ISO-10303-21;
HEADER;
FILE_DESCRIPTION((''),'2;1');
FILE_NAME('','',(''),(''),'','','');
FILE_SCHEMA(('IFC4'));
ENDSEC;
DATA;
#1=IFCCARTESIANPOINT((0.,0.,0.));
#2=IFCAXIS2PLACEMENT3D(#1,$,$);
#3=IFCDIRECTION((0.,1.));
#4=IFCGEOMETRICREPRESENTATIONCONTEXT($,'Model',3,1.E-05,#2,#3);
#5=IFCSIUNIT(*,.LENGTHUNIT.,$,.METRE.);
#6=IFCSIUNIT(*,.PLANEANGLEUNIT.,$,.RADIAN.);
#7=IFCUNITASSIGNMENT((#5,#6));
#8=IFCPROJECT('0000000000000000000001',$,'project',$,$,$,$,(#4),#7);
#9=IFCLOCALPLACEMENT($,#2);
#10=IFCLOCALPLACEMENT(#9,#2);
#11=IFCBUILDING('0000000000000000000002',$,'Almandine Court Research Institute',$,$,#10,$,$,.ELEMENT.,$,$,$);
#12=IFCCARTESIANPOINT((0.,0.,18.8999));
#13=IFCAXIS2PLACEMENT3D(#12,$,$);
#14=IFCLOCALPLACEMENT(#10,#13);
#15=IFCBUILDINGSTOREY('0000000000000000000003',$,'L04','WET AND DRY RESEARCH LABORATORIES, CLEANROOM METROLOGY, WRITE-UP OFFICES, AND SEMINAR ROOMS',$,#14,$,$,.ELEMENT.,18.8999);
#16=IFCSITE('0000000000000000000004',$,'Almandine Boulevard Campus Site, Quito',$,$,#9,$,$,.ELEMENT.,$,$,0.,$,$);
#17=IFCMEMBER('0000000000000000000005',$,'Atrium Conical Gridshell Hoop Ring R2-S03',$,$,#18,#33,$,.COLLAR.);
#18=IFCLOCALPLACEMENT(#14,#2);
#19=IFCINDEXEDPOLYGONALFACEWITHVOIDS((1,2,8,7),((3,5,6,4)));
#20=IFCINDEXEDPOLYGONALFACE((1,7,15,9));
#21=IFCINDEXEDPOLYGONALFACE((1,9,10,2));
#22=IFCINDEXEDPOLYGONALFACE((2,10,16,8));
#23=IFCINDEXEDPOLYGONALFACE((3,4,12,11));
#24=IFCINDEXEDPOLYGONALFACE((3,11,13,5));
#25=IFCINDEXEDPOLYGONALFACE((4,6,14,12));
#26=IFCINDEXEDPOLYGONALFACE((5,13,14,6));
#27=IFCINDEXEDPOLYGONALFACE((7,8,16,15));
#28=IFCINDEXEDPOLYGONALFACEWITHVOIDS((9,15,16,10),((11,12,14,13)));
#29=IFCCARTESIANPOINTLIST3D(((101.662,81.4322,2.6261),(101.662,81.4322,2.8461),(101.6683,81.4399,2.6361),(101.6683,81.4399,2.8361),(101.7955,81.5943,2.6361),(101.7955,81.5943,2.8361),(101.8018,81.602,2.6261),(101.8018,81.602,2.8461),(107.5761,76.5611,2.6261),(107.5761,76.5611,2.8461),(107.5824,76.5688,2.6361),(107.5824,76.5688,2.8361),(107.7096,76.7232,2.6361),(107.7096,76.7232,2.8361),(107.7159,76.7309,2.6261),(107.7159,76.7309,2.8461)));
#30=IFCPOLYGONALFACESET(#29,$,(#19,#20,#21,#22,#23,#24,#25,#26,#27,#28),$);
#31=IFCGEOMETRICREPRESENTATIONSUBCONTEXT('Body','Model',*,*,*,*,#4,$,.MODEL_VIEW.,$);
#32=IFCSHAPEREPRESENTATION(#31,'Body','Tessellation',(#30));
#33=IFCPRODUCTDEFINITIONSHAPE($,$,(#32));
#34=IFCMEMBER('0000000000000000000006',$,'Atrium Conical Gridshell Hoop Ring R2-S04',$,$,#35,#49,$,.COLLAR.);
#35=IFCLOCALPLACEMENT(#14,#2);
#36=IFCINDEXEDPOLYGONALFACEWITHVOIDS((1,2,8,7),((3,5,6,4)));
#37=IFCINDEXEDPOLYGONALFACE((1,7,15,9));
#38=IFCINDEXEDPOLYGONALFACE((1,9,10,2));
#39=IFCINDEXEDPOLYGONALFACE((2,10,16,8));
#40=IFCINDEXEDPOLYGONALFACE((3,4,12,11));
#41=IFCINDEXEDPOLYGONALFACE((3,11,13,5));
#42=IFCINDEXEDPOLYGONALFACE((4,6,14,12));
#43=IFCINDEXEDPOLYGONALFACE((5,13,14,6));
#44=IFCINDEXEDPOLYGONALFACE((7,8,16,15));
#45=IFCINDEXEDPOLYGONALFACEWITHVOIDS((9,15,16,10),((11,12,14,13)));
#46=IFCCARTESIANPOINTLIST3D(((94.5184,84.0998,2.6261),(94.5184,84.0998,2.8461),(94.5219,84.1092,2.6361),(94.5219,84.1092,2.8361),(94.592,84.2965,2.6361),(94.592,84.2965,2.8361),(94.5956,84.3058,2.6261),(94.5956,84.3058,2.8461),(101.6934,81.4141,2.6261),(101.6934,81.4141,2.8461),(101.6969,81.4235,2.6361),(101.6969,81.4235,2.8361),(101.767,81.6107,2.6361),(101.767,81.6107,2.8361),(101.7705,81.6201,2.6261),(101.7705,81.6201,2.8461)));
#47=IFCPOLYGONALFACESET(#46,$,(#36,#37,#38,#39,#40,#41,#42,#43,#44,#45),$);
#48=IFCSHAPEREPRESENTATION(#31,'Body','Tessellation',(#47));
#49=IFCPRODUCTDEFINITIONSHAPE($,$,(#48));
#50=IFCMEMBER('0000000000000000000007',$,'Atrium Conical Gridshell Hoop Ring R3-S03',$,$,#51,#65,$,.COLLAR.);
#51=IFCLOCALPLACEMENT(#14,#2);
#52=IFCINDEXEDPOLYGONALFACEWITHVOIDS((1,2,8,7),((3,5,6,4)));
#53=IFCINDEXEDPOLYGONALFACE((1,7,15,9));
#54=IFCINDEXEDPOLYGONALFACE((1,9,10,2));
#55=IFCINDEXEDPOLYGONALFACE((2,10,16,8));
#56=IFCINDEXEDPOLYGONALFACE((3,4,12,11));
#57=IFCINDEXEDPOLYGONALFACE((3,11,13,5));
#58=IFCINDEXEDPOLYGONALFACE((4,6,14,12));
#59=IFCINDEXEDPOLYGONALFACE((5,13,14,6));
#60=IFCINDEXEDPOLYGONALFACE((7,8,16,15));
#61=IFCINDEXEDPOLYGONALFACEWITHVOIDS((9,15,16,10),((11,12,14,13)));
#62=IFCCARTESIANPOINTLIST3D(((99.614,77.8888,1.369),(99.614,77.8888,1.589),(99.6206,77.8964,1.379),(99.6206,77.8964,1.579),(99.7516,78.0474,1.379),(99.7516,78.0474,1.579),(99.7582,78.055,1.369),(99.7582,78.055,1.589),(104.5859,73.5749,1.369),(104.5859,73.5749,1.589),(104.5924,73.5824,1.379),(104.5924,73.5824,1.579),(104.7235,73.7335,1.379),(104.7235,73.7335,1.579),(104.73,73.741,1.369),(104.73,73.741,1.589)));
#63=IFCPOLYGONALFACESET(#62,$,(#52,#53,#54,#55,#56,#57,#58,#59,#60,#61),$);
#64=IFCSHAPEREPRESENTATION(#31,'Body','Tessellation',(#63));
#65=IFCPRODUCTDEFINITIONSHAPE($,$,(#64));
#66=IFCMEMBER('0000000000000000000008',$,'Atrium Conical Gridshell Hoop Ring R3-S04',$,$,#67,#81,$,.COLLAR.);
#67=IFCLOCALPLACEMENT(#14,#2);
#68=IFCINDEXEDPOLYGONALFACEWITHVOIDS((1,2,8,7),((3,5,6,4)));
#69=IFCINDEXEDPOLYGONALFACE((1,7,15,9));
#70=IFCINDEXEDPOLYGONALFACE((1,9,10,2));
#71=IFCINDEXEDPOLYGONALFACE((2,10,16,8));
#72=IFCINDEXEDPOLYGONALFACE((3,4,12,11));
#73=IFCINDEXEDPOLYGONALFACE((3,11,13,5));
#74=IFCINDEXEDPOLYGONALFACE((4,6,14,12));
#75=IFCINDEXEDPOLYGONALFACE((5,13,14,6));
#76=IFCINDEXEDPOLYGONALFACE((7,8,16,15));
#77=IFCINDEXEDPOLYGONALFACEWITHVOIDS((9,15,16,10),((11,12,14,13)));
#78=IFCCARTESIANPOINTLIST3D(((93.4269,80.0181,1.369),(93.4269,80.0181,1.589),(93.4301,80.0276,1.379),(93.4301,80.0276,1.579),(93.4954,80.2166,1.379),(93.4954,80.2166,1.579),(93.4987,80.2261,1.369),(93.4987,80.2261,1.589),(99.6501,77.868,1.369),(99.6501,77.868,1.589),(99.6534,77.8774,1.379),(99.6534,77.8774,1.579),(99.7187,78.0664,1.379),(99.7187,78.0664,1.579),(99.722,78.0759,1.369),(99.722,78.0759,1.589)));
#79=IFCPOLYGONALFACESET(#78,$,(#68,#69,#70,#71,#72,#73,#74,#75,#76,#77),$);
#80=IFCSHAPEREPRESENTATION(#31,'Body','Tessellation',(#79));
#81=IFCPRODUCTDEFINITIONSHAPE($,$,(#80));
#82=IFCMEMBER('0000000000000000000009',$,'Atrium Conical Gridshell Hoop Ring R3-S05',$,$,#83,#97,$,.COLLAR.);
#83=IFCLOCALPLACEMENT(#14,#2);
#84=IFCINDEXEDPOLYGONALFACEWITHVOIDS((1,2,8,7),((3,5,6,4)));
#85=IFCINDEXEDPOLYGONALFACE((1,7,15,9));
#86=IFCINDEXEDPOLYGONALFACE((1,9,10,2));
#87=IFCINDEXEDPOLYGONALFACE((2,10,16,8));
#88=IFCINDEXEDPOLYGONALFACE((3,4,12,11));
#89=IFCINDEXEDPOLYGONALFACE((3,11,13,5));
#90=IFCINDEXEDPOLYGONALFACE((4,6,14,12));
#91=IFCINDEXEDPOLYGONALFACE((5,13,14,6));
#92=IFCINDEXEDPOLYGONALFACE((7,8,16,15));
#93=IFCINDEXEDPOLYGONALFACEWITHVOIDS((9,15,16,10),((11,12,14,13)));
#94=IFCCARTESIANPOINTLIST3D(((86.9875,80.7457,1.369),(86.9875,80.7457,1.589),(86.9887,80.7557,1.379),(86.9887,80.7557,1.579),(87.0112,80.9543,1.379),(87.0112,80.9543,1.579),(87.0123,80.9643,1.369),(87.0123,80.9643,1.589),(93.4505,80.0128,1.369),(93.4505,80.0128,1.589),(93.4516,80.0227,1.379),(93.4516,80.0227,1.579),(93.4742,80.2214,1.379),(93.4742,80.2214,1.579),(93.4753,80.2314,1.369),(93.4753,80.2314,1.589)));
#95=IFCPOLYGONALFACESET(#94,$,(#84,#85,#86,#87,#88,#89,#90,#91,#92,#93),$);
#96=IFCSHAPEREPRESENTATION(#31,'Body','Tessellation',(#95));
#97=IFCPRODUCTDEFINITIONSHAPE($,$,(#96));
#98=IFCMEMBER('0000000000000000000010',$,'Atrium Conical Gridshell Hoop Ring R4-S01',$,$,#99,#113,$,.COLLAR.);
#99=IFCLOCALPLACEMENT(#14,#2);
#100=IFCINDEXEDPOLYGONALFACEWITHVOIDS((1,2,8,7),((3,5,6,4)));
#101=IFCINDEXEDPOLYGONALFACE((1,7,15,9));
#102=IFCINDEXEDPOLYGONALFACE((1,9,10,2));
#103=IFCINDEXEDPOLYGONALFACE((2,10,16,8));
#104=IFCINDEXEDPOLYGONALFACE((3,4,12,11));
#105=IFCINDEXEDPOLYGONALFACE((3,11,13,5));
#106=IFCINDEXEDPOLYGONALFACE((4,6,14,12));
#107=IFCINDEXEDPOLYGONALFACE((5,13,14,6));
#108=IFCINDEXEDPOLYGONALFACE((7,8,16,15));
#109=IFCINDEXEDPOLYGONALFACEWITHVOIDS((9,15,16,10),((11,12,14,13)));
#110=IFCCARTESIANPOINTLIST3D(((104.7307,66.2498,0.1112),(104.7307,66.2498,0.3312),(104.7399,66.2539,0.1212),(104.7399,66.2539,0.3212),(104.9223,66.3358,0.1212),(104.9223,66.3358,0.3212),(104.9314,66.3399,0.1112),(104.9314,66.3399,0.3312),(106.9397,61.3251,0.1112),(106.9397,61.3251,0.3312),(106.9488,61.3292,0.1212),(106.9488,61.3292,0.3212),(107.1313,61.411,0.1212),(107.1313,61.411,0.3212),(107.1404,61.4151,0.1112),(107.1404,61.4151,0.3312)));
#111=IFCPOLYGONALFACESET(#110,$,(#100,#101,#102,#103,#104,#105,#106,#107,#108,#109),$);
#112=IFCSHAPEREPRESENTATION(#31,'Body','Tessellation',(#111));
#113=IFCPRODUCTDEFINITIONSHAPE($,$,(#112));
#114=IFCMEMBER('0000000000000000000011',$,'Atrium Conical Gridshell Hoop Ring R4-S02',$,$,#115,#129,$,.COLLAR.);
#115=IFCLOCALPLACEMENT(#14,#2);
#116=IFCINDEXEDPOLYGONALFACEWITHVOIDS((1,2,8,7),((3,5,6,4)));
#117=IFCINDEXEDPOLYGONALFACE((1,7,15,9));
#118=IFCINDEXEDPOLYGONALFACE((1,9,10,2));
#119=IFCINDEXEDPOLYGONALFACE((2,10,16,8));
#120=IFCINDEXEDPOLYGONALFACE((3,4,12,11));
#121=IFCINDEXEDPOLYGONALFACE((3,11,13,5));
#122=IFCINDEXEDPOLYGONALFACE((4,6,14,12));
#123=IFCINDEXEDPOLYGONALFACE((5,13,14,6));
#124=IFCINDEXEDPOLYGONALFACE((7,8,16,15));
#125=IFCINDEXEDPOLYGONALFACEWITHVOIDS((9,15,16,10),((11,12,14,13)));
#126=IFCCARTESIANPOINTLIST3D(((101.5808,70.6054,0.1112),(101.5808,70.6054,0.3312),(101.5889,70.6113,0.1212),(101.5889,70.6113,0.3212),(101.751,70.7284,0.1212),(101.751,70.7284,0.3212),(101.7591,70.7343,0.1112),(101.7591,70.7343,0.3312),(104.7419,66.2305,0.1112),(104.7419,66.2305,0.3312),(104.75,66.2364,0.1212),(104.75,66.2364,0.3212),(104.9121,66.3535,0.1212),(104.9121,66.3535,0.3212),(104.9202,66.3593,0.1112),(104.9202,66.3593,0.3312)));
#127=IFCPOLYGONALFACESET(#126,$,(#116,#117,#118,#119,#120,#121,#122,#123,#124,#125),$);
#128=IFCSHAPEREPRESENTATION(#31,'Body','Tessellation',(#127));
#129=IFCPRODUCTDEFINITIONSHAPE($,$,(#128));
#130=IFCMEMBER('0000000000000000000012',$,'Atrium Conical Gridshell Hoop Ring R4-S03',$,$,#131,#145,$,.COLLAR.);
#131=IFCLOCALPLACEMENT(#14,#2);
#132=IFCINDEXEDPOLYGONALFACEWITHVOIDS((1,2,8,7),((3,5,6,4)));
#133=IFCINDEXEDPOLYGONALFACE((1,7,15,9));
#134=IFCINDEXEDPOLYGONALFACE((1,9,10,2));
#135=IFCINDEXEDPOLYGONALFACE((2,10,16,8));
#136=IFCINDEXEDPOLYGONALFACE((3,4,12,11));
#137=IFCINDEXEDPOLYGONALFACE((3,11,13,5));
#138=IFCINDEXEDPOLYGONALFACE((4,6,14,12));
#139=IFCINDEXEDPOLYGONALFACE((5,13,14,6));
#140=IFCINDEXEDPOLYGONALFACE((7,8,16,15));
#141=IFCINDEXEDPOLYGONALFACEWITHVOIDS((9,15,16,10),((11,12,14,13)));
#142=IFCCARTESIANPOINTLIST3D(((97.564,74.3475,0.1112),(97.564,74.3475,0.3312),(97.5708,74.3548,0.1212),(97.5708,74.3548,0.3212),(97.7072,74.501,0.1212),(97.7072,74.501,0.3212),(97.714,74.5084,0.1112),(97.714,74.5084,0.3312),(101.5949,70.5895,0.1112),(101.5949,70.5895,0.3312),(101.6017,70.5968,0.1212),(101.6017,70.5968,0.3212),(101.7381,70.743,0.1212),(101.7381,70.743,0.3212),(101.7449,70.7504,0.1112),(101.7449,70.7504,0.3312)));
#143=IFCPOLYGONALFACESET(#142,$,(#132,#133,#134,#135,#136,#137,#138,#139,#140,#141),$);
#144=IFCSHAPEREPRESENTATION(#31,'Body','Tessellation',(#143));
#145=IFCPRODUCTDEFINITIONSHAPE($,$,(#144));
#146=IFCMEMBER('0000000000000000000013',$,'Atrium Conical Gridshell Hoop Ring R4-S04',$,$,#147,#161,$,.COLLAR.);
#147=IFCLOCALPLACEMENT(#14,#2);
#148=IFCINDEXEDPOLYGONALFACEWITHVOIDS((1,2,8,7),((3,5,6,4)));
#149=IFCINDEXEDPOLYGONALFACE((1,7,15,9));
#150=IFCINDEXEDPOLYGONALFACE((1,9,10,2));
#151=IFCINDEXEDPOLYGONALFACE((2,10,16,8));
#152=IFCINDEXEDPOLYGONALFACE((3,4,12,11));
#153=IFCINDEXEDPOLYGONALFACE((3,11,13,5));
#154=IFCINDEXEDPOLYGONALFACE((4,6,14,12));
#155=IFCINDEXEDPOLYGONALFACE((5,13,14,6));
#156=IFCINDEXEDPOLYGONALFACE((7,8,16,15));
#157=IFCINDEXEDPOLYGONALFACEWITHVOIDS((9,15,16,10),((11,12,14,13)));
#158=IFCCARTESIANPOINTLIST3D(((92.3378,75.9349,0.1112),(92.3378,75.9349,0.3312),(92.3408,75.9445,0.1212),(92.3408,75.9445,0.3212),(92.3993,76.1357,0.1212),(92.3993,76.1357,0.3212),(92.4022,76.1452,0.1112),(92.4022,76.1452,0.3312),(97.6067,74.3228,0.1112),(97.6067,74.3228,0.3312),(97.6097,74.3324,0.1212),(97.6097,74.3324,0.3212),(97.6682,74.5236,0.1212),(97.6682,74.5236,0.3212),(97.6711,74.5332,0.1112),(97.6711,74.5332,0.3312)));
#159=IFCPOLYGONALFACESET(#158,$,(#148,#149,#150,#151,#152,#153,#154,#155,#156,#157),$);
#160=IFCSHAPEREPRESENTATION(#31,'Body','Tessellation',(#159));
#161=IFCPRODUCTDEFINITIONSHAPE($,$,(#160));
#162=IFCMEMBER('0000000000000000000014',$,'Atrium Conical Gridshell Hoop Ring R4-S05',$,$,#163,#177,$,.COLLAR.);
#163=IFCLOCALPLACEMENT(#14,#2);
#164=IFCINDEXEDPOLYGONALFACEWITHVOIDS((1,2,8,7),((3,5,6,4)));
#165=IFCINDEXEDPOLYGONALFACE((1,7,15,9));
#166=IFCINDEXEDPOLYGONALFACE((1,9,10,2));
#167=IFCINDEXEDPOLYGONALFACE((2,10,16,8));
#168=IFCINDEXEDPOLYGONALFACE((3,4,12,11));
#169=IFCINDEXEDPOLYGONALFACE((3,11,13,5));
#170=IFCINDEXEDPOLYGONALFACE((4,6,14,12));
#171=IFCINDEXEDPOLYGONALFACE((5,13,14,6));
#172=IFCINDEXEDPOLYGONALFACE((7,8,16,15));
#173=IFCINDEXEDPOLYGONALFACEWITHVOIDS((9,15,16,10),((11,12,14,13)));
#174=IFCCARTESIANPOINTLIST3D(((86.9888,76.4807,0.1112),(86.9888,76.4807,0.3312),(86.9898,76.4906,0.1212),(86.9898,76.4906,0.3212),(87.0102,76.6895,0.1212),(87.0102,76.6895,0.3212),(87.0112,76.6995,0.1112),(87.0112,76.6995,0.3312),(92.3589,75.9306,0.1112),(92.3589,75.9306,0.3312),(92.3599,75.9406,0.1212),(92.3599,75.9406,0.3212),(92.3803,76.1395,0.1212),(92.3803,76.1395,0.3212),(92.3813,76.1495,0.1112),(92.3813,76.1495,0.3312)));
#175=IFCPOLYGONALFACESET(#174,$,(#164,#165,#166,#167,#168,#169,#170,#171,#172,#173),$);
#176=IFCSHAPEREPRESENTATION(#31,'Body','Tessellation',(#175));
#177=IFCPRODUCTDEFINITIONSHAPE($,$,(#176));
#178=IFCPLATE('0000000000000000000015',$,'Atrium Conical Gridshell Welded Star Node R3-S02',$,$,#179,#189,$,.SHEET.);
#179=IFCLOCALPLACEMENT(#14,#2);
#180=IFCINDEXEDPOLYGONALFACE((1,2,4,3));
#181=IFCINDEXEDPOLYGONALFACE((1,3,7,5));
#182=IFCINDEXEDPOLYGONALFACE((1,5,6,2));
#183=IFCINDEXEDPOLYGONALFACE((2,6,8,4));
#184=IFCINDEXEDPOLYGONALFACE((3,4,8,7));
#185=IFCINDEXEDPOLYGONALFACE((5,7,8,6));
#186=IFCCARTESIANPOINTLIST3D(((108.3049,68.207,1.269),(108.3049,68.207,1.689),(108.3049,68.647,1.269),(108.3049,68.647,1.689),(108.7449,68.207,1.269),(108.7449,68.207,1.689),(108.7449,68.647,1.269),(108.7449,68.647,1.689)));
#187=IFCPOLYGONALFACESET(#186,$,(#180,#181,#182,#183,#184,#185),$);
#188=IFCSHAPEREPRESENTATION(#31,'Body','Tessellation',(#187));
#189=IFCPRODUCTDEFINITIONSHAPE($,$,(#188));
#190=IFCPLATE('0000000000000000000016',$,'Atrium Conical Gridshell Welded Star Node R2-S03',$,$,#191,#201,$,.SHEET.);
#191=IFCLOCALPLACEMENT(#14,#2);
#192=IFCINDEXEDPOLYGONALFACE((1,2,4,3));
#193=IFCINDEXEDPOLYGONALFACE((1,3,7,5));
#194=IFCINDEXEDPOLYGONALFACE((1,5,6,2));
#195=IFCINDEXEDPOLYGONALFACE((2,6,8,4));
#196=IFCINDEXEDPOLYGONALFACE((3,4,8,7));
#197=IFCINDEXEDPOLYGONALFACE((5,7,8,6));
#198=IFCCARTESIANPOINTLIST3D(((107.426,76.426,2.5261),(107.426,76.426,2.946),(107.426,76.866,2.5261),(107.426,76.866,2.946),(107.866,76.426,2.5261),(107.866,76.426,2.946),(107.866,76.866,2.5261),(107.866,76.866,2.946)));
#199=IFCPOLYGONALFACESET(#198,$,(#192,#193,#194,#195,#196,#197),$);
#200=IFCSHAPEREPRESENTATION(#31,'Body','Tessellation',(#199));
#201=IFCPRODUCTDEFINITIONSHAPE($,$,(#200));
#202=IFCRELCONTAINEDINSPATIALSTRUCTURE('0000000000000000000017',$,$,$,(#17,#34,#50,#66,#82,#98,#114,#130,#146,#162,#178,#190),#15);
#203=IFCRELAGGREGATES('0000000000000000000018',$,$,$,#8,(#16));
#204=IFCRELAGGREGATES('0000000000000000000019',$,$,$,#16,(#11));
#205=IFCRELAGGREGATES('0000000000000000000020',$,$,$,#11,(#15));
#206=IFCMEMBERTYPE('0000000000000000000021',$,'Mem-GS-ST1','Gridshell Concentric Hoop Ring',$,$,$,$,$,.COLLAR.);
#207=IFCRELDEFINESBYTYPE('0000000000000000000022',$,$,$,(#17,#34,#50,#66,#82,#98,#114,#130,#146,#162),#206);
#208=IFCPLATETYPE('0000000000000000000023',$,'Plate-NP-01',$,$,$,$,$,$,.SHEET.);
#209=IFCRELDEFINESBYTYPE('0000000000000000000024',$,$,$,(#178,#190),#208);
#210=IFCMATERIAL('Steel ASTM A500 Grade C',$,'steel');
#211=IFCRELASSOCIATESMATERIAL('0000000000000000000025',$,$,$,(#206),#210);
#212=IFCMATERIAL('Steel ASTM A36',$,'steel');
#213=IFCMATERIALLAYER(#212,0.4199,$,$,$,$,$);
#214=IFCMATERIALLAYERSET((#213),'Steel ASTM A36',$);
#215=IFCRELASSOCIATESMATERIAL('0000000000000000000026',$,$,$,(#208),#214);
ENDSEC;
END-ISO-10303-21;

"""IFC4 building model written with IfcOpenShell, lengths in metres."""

from ifc_helpers import new_model, si_unit, direction, frame, origin, origin_2d, place, context, subcontext, project, spatial, rectangle, hollow_rectangle, extrude, material, layer, layer_set, material_profile, profile_set, type_object, element, save


model = new_model("IFC4")

# Units and contexts
model_context = context("Model", 3, precision=1e-05, world=origin(), true_north=direction((0.0, 1.0)))
body_context = subcontext(model_context, "Body", "Model", "MODEL_VIEW")
ifc_project = project(units=[si_unit("LENGTHUNIT", "METRE"), si_unit("PLANEANGLEUNIT", "RADIAN")], contexts=[model_context])

# Site, building, storey
site_placement = place(None, origin())
site = spatial("IfcSite", under=ifc_project, at=site_placement, Name="Almandine Boulevard Campus Site, Quito", CompositionType="ELEMENT", RefElevation=0.0)
building_placement = place(site_placement, origin())
building = spatial("IfcBuilding", under=site, at=building_placement, Name="Almandine Court Research Institute", CompositionType="ELEMENT")
storey_placement = place(building_placement, frame((0.0, 0.0, 18.8999)))
storey = spatial("IfcBuildingStorey", under=building, at=storey_placement, Name="L04", Description="WET AND DRY RESEARCH LABORATORIES, CLEANROOM METROLOGY, WRITE-UP OFFICES, AND SEMINAR ROOMS", CompositionType="ELEMENT", Elevation=18.8999)

# Members
ifc_material_1 = material(Name="Steel ASTM A500 Grade C", Category="steel")
ifc_material_profile_1 = material_profile(ifc_material_1, hollow_rectangle(XDim=0.22, YDim=0.22, WallThickness=0.01, at=origin_2d()), Name="HSS 220x220x10")
ifc_profile_set_1 = profile_set([ifc_material_profile_1], Name="Steel ASTM A500 Grade C")
member_type_1 = type_object("IfcMemberType", Name="Mem-GS-ST1", Description="Gridshell Concentric Hoop Ring", PredefinedType="COLLAR", material=ifc_profile_set_1)
member_1_placement = place(storey_placement, frame((107.646, 76.646, 2.7361), z_axis=(-0.771886, 0.635761, 0.0), x_axis=(-0.635761, -0.771886, 0.0)))
element("IfcMember", 1, at=member_1_placement, inside=storey, type_object=member_type_1, Name="Atrium Conical Gridshell Hoop Ring R2-S03", PredefinedType="COLLAR", context=body_context, shape_type="SweptSolid", body=[
    extrude(hollow_rectangle(XDim=0.22, YDim=0.22, WallThickness=0.01, at=origin_2d()), origin(), (0.0, 0.0, 1.0), 7.6619),
])
member_2_placement = place(storey_placement, frame((101.7319, 81.5171, 2.7361), z_axis=(-0.936537, 0.350568, 0.0), x_axis=(-0.350568, -0.936537, 0.0)))
element("IfcMember", 2, at=member_2_placement, inside=storey, type_object=member_type_1, Name="Atrium Conical Gridshell Hoop Ring R2-S04", PredefinedType="COLLAR", context=body_context, shape_type="SweptSolid", body=[
    extrude(hollow_rectangle(XDim=0.22, YDim=0.22, WallThickness=0.01, at=origin_2d()), origin(), (0.0, 0.0, 1.0), 7.6611),
])
member_3_placement = place(storey_placement, frame((104.658, 73.658, 1.479), z_axis=(-0.755316, 0.655361, 0.0), x_axis=(-0.655361, -0.755316, 0.0)))
element("IfcMember", 3, at=member_3_placement, inside=storey, type_object=member_type_1, Name="Atrium Conical Gridshell Hoop Ring R3-S03", PredefinedType="COLLAR", context=body_context, shape_type="SweptSolid", body=[
    extrude(hollow_rectangle(XDim=0.22, YDim=0.22, WallThickness=0.01, at=origin_2d()), origin(), (0.0, 0.0, 1.0), 6.5825),
])
member_4_placement = place(storey_placement, frame((99.686, 77.9719, 1.479), z_axis=(-0.945175, 0.326565, 0.0), x_axis=(-0.326565, -0.945175, 0.0)))
element("IfcMember", 4, at=member_4_placement, inside=storey, type_object=member_type_1, Name="Atrium Conical Gridshell Hoop Ring R3-S04", PredefinedType="COLLAR", context=body_context, shape_type="SweptSolid", body=[
    extrude(hollow_rectangle(XDim=0.22, YDim=0.22, WallThickness=0.01, at=origin_2d()), origin(), (0.0, 0.0, 1.0), 6.5842),
])
member_5_placement = place(storey_placement, frame((93.4629, 80.1221, 1.479), z_axis=(-0.993631, 0.112681, 0.0), x_axis=(-0.112681, -0.993631, 0.0)))
element("IfcMember", 5, at=member_5_placement, inside=storey, type_object=member_type_1, Name="Atrium Conical Gridshell Hoop Ring R3-S05", PredefinedType="COLLAR", context=body_context, shape_type="SweptSolid", body=[
    extrude(hollow_rectangle(XDim=0.22, YDim=0.22, WallThickness=0.01, at=origin_2d()), origin(), (0.0, 0.0, 1.0), 6.5044),
])
for number, where, z_axis, x_axis, name in (
    (6, (107.04, 61.3701, 0.2212), (-0.409258, 0.912418, 0.0), (-0.912418, -0.409258, 0.0), "Atrium Conical Gridshell Hoop Ring R4-S01"),
    (7, (104.8311, 66.2949, 0.2212), (-0.585662, 0.810555, 0.0), (-0.810555, -0.585662, 0.0), "Atrium Conical Gridshell Hoop Ring R4-S02"),
):
    element("IfcMember", number, at=place(storey_placement, frame(where, z_axis=z_axis, x_axis=x_axis)), inside=storey, type_object=member_type_1, Name=name, PredefinedType="COLLAR", context=body_context, shape_type="SweptSolid", body=[
        extrude(hollow_rectangle(XDim=0.22, YDim=0.22, WallThickness=0.01, at=origin_2d()), origin(), (0.0, 0.0, 1.0), 5.3975),
    ])
member_6_placement = place(storey_placement, frame((101.6699, 70.6699, 0.2212), z_axis=(-0.731437, 0.681909, 0.0), x_axis=(-0.681909, -0.731437, 0.0)))
element("IfcMember", 8, at=member_6_placement, inside=storey, type_object=member_type_1, Name="Atrium Conical Gridshell Hoop Ring R4-S03", PredefinedType="COLLAR", context=body_context, shape_type="SweptSolid", body=[
    extrude(hollow_rectangle(XDim=0.22, YDim=0.22, WallThickness=0.01, at=origin_2d()), origin(), (0.0, 0.0, 1.0), 5.511),
])
member_7_placement = place(storey_placement, frame((97.6389, 74.428, 0.2212), z_axis=(-0.956242, 0.292575, 0.0), x_axis=(-0.292575, -0.956242, 0.0)))
element("IfcMember", 9, at=member_7_placement, inside=storey, type_object=member_type_1, Name="Atrium Conical Gridshell Hoop Ring R4-S04", PredefinedType="COLLAR", context=body_context, shape_type="SweptSolid", body=[
    extrude(hollow_rectangle(XDim=0.22, YDim=0.22, WallThickness=0.01, at=origin_2d()), origin(), (0.0, 0.0, 1.0), 5.51),
])
member_8_placement = place(storey_placement, frame((92.3701, 76.04, 0.2212), z_axis=(-0.994795, 0.101895, 0.0), x_axis=(-0.101895, -0.994795, 0.0)))
element("IfcMember", 10, at=member_8_placement, inside=storey, type_object=member_type_1, Name="Atrium Conical Gridshell Hoop Ring R4-S05", PredefinedType="COLLAR", context=body_context, shape_type="SweptSolid", body=[
    extrude(hollow_rectangle(XDim=0.22, YDim=0.22, WallThickness=0.01, at=origin_2d()), origin(), (0.0, 0.0, 1.0), 5.3982),
])

# Plates
ifc_material_2 = material(Name="Steel ASTM A36", Category="steel")
ifc_layer_1 = layer(ifc_material_2, 0.4199)
ifc_layer_set_1 = layer_set([ifc_layer_1], Name="Steel ASTM A36")
plate_type_1 = type_object("IfcPlateType", Name="Plate-NP-01", PredefinedType="SHEET", material=ifc_layer_set_1)
for number, where, z_axis, x_axis, name in (
    (11, (108.5249, 68.427, 1.269), (0.0, 0.0, 1.0), (1.0, 0.0, 0.0), "Atrium Conical Gridshell Welded Star Node R3-S02"),
    (12, (107.646, 76.646, 2.5261), (0.0, 0.0, 1.0), (1.0, 0.0, 0.0), "Atrium Conical Gridshell Welded Star Node R2-S03"),
):
    element("IfcPlate", number, at=place(storey_placement, frame(where, z_axis=z_axis, x_axis=x_axis)), inside=storey, type_object=plate_type_1, Name=name, PredefinedType="SHEET", context=body_context, shape_type="SweptSolid", body=[
        extrude(rectangle(XDim=0.4399, YDim=0.4399, at=origin_2d()), origin(), (0.0, 0.0, 1.0), 0.4199),
    ])

save(model, "model.ifc")
